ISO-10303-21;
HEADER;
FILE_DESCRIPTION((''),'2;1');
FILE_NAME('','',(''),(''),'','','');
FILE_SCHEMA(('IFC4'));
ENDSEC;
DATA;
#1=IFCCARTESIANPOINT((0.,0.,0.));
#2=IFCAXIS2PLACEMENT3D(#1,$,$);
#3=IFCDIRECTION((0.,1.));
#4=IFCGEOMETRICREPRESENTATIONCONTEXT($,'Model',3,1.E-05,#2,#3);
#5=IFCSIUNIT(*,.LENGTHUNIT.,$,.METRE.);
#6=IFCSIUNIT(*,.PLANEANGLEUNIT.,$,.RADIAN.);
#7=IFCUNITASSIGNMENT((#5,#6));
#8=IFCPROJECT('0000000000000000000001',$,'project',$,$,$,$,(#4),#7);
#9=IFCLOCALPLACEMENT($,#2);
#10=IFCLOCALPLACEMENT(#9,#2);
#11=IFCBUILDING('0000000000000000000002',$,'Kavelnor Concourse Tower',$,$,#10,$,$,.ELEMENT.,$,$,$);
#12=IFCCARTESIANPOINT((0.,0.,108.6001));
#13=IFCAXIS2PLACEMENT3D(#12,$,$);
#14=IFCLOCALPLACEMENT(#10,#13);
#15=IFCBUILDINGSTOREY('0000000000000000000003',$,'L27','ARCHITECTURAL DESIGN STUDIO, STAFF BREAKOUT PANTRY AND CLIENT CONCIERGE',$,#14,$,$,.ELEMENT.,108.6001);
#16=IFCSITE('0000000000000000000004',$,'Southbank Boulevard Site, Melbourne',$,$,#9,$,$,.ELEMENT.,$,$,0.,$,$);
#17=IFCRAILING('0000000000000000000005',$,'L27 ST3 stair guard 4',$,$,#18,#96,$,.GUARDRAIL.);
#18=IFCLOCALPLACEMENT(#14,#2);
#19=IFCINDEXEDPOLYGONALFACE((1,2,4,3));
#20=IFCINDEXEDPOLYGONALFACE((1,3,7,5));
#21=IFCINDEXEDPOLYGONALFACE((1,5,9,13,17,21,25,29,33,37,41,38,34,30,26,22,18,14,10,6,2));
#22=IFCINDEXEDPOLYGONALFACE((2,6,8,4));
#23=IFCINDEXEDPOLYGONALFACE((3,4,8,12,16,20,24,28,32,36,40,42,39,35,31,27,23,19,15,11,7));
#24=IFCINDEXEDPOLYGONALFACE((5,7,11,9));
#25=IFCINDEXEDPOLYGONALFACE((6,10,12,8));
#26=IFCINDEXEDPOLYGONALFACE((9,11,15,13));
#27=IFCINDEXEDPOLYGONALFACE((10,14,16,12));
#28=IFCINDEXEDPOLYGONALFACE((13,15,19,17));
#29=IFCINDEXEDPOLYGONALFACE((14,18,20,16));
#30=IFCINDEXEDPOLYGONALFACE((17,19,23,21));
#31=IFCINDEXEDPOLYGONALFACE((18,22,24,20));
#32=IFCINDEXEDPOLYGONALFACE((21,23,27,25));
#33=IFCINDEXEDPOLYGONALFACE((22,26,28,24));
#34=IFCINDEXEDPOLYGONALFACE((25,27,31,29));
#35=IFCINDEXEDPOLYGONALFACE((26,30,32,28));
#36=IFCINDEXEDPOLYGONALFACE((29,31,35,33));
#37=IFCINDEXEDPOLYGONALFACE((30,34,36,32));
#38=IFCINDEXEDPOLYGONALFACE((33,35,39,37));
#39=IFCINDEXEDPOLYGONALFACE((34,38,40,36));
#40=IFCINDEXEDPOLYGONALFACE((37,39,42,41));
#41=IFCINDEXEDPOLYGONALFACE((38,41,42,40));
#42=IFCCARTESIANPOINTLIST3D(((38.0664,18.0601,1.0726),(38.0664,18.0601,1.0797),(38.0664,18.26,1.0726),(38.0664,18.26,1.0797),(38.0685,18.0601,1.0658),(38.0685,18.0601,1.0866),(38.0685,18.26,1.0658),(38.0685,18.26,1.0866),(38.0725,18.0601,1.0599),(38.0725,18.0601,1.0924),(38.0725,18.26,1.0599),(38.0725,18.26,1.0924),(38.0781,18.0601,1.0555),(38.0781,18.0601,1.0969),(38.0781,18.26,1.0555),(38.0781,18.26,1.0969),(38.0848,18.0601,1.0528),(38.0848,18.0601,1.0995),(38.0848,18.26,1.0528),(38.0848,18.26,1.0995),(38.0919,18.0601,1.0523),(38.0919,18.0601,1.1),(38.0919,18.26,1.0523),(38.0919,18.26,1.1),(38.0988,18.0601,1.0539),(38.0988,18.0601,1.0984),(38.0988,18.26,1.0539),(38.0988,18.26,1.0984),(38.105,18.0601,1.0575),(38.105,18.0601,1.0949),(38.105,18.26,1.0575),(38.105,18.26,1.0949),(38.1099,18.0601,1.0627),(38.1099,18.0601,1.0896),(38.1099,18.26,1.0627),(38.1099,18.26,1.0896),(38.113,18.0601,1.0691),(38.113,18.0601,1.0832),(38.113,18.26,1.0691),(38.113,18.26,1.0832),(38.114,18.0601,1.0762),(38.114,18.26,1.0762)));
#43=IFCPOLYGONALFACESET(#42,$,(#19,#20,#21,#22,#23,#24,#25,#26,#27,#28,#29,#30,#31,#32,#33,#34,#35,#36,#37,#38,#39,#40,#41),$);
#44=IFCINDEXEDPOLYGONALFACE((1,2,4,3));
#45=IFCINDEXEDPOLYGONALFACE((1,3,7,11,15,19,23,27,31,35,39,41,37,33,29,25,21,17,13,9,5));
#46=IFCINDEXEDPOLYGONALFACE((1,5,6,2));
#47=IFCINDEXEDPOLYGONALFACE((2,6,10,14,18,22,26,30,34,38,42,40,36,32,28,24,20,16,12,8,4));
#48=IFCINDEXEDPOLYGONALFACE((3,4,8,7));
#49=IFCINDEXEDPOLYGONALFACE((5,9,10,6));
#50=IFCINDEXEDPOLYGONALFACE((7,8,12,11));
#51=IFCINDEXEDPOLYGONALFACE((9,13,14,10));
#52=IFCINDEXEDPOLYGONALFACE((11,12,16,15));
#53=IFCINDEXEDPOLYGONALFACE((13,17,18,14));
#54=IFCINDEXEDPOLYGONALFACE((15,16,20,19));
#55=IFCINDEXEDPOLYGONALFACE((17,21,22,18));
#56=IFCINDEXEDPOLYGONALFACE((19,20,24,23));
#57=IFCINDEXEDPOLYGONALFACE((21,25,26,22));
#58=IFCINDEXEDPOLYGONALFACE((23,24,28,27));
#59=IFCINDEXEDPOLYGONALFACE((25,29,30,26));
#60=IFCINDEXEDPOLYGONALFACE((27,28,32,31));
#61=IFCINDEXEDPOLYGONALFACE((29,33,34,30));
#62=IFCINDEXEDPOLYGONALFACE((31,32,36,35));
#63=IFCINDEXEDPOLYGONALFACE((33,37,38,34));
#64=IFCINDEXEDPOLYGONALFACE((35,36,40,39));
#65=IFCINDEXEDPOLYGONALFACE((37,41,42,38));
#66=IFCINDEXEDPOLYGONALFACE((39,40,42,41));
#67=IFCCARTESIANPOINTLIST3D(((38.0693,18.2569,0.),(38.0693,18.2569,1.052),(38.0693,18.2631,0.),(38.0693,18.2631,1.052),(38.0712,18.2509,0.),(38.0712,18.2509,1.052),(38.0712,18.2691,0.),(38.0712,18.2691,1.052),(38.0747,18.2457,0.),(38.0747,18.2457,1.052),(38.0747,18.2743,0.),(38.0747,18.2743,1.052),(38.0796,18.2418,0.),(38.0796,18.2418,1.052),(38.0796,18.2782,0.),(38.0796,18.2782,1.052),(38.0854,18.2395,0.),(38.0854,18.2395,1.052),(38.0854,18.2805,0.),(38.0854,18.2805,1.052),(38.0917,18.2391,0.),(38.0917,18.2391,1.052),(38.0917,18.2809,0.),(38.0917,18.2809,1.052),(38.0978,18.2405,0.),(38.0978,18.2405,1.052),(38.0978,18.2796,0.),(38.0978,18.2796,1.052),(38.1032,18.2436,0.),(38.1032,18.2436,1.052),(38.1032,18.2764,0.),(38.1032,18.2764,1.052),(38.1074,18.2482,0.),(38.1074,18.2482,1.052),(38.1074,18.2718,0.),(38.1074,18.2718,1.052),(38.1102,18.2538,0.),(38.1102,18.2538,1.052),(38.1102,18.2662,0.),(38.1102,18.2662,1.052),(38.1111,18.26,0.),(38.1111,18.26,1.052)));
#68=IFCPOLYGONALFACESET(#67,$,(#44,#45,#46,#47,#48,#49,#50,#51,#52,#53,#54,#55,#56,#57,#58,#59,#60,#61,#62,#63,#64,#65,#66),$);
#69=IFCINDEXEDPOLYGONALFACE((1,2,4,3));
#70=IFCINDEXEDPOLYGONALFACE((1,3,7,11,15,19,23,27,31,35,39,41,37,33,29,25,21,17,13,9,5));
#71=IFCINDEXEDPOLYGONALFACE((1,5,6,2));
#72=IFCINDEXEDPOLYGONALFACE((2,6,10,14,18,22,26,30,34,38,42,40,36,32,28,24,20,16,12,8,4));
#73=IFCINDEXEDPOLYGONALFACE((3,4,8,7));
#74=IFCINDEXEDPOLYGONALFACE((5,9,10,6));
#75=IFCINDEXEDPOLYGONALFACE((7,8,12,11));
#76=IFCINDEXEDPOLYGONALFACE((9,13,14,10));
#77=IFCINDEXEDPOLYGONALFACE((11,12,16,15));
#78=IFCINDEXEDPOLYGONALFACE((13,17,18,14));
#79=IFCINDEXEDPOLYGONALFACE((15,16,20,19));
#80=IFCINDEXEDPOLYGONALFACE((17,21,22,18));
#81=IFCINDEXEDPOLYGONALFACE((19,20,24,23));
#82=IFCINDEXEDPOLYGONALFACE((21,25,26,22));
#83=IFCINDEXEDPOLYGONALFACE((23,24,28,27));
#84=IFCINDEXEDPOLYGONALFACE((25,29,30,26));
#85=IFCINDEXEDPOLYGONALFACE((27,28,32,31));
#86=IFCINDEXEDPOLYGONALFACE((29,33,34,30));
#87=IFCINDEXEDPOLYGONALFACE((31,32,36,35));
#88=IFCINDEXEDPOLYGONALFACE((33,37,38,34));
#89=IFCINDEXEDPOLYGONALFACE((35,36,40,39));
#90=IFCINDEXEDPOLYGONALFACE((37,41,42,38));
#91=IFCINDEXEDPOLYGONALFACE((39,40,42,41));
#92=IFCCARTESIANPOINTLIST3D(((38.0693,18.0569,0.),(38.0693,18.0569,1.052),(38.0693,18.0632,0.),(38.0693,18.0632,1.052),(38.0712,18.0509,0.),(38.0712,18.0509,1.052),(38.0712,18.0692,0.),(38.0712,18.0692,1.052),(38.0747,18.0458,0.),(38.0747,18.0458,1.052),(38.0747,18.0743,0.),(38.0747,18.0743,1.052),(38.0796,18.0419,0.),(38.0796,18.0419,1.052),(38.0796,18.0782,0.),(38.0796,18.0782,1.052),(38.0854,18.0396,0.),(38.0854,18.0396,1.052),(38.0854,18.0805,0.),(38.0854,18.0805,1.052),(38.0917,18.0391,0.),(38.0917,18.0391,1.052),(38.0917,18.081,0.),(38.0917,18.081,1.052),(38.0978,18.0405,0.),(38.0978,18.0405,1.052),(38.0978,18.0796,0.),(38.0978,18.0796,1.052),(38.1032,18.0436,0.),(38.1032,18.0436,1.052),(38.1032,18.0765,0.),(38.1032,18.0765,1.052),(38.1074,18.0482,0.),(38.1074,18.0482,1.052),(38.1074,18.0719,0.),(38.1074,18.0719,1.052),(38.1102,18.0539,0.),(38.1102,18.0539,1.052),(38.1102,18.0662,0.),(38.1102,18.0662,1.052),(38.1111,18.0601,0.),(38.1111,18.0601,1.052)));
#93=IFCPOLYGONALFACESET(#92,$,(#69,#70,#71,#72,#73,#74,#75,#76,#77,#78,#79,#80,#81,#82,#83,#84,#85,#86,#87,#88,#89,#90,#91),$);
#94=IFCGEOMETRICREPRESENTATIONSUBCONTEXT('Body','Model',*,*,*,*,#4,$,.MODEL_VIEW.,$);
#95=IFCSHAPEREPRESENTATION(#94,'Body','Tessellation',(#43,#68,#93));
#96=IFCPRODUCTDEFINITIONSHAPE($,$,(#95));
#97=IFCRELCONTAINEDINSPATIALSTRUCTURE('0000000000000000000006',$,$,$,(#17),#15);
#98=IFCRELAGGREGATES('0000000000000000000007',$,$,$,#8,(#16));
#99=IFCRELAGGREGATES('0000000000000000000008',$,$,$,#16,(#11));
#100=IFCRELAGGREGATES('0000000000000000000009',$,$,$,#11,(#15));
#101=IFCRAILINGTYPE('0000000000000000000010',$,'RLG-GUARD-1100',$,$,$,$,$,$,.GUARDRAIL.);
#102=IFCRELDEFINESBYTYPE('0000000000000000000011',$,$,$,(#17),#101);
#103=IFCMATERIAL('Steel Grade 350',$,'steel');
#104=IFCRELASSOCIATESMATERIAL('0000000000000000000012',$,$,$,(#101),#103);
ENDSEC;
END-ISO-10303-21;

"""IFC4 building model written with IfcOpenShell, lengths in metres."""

from ifc_helpers import new_model, si_unit, direction, frame, origin, origin_2d, place, context, subcontext, project, spatial, circle, extrude, material, type_object, element, save


model = new_model("IFC4")

# Units and contexts
model_context = context("Model", 3, precision=1e-05, world=origin(), true_north=direction((0.0, 1.0)))
body_context = subcontext(model_context, "Body", "Model", "MODEL_VIEW")
ifc_project = project(units=[si_unit("LENGTHUNIT", "METRE"), si_unit("PLANEANGLEUNIT", "RADIAN")], contexts=[model_context])

# Site, building, storey
site_placement = place(None, origin())
site = spatial("IfcSite", under=ifc_project, at=site_placement, Name="Southbank Boulevard Site, Melbourne", CompositionType="ELEMENT", RefElevation=0.0)
building_placement = place(site_placement, origin())
building = spatial("IfcBuilding", under=site, at=building_placement, Name="Kavelnor Concourse Tower", CompositionType="ELEMENT")
storey_placement = place(building_placement, frame((0.0, 0.0, 108.6001)))
storey = spatial("IfcBuildingStorey", under=building, at=storey_placement, Name="L27", Description="ARCHITECTURAL DESIGN STUDIO, STAFF BREAKOUT PANTRY AND CLIENT CONCIERGE", CompositionType="ELEMENT", Elevation=108.6001)

# Shared definitions
ifc_material_1 = material(Name="Steel Grade 350", Category="steel")

# Railing
railing_type_1 = type_object("IfcRailingType", Name="RLG-GUARD-1100", PredefinedType="GUARDRAIL", material=ifc_material_1)
railing_1_placement = place(storey_placement, frame((38.0901, 18.26, 0.0)))
element("IfcRailing", 1, at=railing_1_placement, inside=storey, type_object=railing_type_1, Name="L27 ST3 stair guard 4", PredefinedType="GUARDRAIL", context=body_context, shape_type="SweptSolid", body=[
    extrude(circle(Radius=0.0239, at=origin_2d()), frame((0.0, 0.0, 1.0762), z_axis=(0.0, -1.0, 0.0), x_axis=(1.0, 0.0, 0.0)), (0.0, 0.0, 1.0), 0.2),
    extrude(circle(Radius=0.021, at=origin_2d()), origin(), (0.0, 0.0, 1.0), 1.052),
    extrude(circle(Radius=0.021, at=origin_2d()), frame((0.0, -0.2, 0.0)), (0.0, 0.0, 1.0), 1.052),
])

save(model, "model.ifc")
